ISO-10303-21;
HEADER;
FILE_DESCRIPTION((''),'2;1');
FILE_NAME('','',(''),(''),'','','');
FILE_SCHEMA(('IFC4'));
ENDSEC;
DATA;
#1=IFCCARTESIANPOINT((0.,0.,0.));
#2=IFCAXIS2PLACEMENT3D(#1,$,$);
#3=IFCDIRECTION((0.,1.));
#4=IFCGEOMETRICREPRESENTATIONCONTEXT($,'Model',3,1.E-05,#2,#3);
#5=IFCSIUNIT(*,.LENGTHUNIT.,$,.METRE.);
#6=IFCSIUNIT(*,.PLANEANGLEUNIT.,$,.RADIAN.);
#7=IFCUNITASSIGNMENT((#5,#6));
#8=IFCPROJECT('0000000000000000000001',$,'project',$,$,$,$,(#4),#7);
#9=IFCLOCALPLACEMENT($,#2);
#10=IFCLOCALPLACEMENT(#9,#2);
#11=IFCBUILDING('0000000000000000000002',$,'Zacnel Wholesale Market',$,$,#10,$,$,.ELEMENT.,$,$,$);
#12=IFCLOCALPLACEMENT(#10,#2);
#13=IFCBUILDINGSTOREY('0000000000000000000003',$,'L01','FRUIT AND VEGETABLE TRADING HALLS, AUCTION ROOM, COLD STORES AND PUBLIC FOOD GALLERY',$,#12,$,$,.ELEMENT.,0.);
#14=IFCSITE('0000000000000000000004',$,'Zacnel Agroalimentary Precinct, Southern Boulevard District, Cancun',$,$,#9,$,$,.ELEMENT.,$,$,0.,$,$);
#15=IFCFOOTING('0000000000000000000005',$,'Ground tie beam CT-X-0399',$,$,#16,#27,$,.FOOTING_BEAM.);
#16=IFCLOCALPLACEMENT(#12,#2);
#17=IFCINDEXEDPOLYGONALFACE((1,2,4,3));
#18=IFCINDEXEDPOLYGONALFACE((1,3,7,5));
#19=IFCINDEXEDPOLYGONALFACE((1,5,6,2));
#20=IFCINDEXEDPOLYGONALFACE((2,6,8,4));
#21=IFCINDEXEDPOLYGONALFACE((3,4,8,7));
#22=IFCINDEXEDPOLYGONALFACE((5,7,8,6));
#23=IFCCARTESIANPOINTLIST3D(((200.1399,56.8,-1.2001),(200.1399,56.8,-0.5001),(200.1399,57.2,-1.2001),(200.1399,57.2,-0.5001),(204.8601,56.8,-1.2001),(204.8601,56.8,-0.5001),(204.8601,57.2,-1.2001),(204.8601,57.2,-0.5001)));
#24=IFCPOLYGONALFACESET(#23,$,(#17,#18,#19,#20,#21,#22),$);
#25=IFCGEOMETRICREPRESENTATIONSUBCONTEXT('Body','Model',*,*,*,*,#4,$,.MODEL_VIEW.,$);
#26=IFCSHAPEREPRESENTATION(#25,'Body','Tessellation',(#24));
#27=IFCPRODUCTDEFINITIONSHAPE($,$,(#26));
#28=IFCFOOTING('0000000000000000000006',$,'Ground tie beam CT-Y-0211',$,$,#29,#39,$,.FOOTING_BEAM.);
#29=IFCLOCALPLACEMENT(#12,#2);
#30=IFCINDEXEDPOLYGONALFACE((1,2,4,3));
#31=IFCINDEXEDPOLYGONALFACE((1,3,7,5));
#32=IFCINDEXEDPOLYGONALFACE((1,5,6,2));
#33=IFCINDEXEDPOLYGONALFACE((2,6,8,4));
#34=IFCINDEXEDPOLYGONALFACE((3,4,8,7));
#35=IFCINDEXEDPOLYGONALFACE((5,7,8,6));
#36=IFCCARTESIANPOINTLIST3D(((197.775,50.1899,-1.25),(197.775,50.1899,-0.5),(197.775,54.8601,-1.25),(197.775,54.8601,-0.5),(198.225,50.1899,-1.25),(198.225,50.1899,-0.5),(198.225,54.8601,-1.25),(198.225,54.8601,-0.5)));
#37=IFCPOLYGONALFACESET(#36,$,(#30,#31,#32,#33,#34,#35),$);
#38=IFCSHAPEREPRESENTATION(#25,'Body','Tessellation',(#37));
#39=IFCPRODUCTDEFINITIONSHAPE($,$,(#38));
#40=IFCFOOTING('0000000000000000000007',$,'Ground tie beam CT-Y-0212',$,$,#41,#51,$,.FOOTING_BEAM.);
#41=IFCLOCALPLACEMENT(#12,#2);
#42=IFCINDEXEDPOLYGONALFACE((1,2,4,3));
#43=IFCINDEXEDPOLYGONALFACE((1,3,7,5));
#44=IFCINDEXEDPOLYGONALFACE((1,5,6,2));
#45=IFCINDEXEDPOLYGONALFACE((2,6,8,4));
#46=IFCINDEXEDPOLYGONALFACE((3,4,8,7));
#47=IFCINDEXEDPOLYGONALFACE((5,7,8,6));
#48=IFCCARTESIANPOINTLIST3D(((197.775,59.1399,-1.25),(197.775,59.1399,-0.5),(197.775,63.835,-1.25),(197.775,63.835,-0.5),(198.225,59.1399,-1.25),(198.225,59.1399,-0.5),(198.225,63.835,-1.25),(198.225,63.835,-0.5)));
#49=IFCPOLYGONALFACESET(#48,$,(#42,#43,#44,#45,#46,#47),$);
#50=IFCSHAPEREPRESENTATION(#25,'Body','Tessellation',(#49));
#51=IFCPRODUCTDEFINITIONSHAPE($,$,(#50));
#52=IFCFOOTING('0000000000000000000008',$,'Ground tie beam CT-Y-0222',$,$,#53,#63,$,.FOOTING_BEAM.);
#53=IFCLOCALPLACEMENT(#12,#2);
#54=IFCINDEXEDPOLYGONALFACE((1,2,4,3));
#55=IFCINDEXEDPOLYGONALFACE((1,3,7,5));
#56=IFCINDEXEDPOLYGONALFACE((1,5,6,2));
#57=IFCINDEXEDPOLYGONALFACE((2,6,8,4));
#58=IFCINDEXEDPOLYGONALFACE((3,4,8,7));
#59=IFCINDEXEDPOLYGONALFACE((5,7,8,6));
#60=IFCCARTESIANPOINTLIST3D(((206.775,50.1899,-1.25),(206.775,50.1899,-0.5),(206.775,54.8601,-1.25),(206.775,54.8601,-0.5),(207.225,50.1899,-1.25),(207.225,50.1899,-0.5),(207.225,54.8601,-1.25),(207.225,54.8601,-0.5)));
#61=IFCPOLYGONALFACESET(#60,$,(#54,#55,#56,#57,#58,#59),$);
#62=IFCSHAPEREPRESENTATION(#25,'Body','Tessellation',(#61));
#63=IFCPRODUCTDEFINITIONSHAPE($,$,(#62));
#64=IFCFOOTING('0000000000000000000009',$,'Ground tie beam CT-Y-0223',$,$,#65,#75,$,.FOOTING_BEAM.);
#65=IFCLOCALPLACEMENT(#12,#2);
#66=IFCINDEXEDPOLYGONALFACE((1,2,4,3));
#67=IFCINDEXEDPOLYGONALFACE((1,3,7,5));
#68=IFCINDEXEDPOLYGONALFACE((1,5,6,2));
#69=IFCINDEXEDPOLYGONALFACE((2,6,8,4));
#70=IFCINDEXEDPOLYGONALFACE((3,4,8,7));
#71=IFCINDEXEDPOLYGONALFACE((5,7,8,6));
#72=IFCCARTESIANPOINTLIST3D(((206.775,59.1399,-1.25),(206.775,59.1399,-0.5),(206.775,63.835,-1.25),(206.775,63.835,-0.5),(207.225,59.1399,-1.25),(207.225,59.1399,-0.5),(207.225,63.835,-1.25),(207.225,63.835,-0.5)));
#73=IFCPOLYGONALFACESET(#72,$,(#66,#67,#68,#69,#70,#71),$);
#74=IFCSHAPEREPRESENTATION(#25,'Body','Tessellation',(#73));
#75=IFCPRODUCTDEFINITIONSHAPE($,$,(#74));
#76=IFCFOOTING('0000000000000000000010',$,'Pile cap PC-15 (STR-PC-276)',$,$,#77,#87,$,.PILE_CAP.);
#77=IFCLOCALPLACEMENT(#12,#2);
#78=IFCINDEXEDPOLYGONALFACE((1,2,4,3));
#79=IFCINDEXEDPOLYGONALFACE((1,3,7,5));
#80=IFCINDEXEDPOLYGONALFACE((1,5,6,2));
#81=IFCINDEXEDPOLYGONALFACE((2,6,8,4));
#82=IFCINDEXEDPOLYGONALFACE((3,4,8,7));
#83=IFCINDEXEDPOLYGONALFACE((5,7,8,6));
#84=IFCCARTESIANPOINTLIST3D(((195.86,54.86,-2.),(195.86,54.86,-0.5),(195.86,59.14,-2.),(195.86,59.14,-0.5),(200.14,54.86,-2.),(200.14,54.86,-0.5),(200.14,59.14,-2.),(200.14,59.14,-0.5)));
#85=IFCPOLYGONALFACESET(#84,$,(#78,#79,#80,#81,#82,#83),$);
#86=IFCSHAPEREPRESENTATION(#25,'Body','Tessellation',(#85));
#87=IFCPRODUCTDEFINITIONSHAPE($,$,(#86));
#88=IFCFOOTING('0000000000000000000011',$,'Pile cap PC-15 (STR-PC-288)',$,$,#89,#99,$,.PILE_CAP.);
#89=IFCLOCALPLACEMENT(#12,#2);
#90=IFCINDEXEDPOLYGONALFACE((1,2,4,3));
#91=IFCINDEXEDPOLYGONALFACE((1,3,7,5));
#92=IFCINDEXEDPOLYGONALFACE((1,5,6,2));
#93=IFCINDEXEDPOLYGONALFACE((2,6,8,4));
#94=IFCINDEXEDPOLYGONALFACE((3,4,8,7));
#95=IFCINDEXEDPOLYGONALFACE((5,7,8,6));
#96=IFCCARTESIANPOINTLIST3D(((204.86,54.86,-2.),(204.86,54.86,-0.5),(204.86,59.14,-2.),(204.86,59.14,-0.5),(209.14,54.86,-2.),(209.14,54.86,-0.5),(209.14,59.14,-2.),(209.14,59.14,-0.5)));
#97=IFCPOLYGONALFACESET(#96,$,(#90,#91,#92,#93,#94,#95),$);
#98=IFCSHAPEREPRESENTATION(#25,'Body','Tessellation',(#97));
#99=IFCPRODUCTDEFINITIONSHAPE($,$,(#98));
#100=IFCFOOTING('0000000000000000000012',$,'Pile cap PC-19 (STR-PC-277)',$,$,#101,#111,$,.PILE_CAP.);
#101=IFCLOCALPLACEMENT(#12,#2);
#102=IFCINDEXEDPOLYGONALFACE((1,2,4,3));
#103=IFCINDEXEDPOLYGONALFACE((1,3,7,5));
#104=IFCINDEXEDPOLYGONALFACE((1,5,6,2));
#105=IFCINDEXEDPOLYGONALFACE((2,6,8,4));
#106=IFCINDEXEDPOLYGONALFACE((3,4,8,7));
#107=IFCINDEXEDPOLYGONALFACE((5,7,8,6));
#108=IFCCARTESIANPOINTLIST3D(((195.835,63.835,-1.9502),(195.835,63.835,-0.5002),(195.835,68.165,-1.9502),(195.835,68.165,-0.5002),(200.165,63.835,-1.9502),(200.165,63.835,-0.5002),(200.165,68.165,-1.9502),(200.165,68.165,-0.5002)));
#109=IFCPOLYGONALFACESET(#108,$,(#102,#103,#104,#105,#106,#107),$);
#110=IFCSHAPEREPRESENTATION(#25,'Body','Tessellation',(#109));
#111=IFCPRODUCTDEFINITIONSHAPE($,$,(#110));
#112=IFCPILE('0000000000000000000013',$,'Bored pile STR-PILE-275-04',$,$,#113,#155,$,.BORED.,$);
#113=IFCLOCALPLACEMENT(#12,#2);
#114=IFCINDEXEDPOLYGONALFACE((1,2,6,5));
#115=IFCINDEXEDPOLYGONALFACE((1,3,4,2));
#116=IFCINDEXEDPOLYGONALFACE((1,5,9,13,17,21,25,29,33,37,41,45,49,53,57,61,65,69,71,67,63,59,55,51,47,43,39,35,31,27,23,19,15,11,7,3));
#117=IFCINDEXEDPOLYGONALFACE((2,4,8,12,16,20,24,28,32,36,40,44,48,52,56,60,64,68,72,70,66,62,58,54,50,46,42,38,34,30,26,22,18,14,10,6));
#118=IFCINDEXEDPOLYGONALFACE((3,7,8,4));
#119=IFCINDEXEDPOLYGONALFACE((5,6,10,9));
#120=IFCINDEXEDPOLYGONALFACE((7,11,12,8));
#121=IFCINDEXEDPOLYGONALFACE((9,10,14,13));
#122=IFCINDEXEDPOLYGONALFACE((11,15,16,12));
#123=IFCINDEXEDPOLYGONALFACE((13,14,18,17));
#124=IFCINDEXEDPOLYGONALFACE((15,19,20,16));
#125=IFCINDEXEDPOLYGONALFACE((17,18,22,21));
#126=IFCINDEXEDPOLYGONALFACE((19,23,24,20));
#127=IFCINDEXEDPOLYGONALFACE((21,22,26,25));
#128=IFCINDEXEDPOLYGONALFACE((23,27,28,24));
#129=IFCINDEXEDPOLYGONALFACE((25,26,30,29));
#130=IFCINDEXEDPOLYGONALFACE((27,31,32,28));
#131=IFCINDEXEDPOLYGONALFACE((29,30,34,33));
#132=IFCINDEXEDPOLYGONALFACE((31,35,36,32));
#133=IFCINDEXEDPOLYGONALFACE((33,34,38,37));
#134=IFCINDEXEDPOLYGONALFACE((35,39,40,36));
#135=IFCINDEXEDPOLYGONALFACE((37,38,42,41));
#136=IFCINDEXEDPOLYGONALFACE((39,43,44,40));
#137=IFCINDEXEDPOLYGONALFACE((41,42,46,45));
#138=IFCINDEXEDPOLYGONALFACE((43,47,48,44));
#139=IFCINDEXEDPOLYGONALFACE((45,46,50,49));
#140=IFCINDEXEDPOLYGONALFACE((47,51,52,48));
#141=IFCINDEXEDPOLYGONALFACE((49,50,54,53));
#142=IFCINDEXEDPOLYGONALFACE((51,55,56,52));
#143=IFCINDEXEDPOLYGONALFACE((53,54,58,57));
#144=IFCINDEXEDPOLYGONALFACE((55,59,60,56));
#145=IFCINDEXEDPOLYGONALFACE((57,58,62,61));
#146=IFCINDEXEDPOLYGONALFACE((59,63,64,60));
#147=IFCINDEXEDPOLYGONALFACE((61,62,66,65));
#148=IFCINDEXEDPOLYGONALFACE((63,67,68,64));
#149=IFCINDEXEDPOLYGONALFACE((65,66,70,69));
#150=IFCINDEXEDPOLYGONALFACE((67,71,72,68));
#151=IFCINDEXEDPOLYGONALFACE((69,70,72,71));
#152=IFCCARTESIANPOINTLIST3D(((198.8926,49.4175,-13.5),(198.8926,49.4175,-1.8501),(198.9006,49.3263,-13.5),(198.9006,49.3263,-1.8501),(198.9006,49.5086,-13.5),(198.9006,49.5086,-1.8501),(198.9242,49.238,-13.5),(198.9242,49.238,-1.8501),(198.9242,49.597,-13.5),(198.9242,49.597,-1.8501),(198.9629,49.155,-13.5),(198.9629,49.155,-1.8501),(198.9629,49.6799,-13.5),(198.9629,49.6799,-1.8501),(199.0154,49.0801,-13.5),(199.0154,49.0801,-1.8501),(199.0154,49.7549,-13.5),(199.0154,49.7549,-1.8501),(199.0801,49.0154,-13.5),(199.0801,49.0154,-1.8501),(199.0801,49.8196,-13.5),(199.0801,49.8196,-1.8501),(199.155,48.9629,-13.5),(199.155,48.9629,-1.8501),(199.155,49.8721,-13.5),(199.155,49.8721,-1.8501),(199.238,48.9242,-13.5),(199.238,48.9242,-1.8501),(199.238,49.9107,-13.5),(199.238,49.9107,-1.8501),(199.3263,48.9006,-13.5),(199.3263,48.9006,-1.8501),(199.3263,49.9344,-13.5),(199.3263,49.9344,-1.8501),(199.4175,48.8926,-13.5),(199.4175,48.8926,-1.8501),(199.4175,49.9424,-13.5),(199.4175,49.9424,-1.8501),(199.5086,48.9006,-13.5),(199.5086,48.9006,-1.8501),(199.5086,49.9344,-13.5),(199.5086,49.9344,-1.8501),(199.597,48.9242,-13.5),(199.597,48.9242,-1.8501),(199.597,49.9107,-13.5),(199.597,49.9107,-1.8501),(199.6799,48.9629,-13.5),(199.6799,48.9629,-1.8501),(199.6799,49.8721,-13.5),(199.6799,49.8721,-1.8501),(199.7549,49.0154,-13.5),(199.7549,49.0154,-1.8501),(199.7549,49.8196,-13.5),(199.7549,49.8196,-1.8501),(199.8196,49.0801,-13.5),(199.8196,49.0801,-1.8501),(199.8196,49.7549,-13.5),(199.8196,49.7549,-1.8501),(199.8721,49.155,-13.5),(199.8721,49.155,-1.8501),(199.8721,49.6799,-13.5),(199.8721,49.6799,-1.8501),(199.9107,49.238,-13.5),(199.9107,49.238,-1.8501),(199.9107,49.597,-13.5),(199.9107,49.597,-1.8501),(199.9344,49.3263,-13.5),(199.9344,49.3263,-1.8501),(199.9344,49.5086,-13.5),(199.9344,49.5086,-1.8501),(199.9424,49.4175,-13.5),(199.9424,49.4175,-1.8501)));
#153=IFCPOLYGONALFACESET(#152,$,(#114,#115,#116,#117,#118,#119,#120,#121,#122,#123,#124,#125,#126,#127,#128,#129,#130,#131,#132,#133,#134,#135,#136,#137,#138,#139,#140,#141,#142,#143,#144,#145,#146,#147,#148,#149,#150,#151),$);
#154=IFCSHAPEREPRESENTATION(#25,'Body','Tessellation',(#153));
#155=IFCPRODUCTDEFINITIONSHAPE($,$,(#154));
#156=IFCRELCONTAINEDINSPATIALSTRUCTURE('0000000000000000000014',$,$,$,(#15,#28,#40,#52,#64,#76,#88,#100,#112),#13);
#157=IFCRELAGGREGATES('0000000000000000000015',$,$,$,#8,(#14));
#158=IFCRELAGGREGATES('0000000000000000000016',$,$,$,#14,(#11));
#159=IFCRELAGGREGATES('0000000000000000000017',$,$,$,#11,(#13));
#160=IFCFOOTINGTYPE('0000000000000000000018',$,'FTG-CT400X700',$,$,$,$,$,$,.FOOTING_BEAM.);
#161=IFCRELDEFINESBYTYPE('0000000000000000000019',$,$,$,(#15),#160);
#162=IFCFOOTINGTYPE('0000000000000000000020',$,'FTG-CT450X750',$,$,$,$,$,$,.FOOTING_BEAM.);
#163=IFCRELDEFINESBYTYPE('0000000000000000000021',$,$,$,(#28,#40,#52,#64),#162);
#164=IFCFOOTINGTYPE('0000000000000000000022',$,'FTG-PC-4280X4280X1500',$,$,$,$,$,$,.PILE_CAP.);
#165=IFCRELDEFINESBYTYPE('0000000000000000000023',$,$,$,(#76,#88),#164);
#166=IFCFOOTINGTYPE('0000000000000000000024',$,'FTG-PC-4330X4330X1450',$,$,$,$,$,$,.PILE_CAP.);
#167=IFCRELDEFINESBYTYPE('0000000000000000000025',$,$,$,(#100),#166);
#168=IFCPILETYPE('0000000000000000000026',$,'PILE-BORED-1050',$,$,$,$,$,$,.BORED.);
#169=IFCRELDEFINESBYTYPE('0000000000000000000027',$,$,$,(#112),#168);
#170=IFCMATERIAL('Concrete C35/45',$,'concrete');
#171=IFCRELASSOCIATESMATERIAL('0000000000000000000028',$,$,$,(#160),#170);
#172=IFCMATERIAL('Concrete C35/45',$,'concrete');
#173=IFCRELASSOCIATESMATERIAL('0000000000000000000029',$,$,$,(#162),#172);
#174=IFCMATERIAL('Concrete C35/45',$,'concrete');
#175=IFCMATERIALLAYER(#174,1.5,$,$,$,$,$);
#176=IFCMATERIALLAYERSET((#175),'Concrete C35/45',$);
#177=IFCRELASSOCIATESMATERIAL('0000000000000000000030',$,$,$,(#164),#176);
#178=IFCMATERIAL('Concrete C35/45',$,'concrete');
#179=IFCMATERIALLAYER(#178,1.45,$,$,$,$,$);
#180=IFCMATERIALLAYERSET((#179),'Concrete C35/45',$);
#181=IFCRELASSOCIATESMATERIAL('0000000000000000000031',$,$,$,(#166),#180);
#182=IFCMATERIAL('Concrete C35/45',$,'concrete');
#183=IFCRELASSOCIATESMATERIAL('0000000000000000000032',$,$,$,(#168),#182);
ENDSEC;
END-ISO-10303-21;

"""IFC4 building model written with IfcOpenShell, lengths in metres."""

from ifc_helpers import new_model, si_unit, direction, frame, origin, origin_2d, place, context, subcontext, project, spatial, rectangle, circle, extrude, material, layer, layer_set, material_profile, profile_set, type_object, element, save


model = new_model("IFC4")

# Units and contexts
model_context = context("Model", 3, precision=1e-05, world=origin(), true_north=direction((0.0, 1.0)))
body_context = subcontext(model_context, "Body", "Model", "MODEL_VIEW")
ifc_project = project(units=[si_unit("LENGTHUNIT", "METRE"), si_unit("PLANEANGLEUNIT", "RADIAN")], contexts=[model_context])

# Site, building, storey
site_placement = place(None, origin())
site = spatial("IfcSite", under=ifc_project, at=site_placement, Name="Zacnel Agroalimentary Precinct, Southern Boulevard District, Cancun", CompositionType="ELEMENT", RefElevation=0.0)
building_placement = place(site_placement, origin())
building = spatial("IfcBuilding", under=site, at=building_placement, Name="Zacnel Wholesale Market", CompositionType="ELEMENT")
storey_placement = place(building_placement, origin())
storey = spatial("IfcBuildingStorey", under=building, at=storey_placement, Name="L01", Description="FRUIT AND VEGETABLE TRADING HALLS, AUCTION ROOM, COLD STORES AND PUBLIC FOOD GALLERY", CompositionType="ELEMENT", Elevation=0.0)

# Footings
ifc_material_1 = material(Name="Concrete C35/45", Category="concrete")
ifc_material_profile_1 = material_profile(ifc_material_1, rectangle(XDim=0.3999, YDim=0.7, at=origin_2d()), Name="CT 400x700")
ifc_profile_set_1 = profile_set([ifc_material_profile_1], Name="Concrete C35/45")
footing_type_1 = type_object("IfcFootingType", Name="FTG-CT400X700", PredefinedType="FOOTING_BEAM", material=ifc_profile_set_1)
footing_1_placement = place(storey_placement, frame((200.1399, 57.0, -0.8501), z_axis=(1.0, 0.0, 0.0), x_axis=(0.0, 1.0, 0.0)))
element("IfcFooting", 1, at=footing_1_placement, inside=storey, type_object=footing_type_1, Name="Ground tie beam CT-X-0399", PredefinedType="FOOTING_BEAM", context=body_context, shape_type="SweptSolid", body=[
    extrude(rectangle(XDim=0.3999, YDim=0.7, at=origin_2d()), origin(), (0.0, 0.0, 1.0), 4.7202),
])
ifc_material_2 = material(Name="Concrete C35/45", Category="concrete")
ifc_material_profile_2 = material_profile(ifc_material_2, rectangle(XDim=0.45, YDim=0.75, at=origin_2d()), Name="CT 450x750")
ifc_profile_set_2 = profile_set([ifc_material_profile_2], Name="Concrete C35/45")
footing_type_2 = type_object("IfcFootingType", Name="FTG-CT450X750", PredefinedType="FOOTING_BEAM", material=ifc_profile_set_2)
footing_2_placement = place(storey_placement, frame((198.0, 50.1899, -0.875), z_axis=(0.0, 1.0, 0.0), x_axis=(-1.0, 0.0, 0.0)))
element("IfcFooting", 2, at=footing_2_placement, inside=storey, type_object=footing_type_2, Name="Ground tie beam CT-Y-0211", PredefinedType="FOOTING_BEAM", context=body_context, shape_type="SweptSolid", body=[
    extrude(rectangle(XDim=0.45, YDim=0.75, at=origin_2d()), origin(), (0.0, 0.0, 1.0), 4.6702),
])
footing_3_placement = place(storey_placement, frame((198.0, 59.1399, -0.875), z_axis=(0.0, 1.0, 0.0), x_axis=(-1.0, 0.0, 0.0)))
element("IfcFooting", 3, at=footing_3_placement, inside=storey, type_object=footing_type_2, Name="Ground tie beam CT-Y-0212", PredefinedType="FOOTING_BEAM", context=body_context, shape_type="SweptSolid", body=[
    extrude(rectangle(XDim=0.45, YDim=0.75, at=origin_2d()), origin(), (0.0, 0.0, 1.0), 4.6951),
])
footing_4_placement = place(storey_placement, frame((207.0, 50.1899, -0.875), z_axis=(0.0, 1.0, 0.0), x_axis=(-1.0, 0.0, 0.0)))
element("IfcFooting", 4, at=footing_4_placement, inside=storey, type_object=footing_type_2, Name="Ground tie beam CT-Y-0222", PredefinedType="FOOTING_BEAM", context=body_context, shape_type="SweptSolid", body=[
    extrude(rectangle(XDim=0.45, YDim=0.75, at=origin_2d()), origin(), (0.0, 0.0, 1.0), 4.6702),
])
footing_5_placement = place(storey_placement, frame((207.0, 59.1399, -0.875), z_axis=(0.0, 1.0, 0.0), x_axis=(-1.0, 0.0, 0.0)))
element("IfcFooting", 5, at=footing_5_placement, inside=storey, type_object=footing_type_2, Name="Ground tie beam CT-Y-0223", PredefinedType="FOOTING_BEAM", context=body_context, shape_type="SweptSolid", body=[
    extrude(rectangle(XDim=0.45, YDim=0.75, at=origin_2d()), origin(), (0.0, 0.0, 1.0), 4.6951),
])
ifc_material_3 = material(Name="Concrete C35/45", Category="concrete")
ifc_layer_1 = layer(ifc_material_3, 1.5)
ifc_layer_set_1 = layer_set([ifc_layer_1], Name="Concrete C35/45")
footing_type_3 = type_object("IfcFootingType", Name="FTG-PC-4280X4280X1500", PredefinedType="PILE_CAP", material=ifc_layer_set_1)
for number, where, z_axis, x_axis, name in (
    (6, (198.0, 57.0, -2.0), (0.0, 0.0, 1.0), (1.0, 0.0, 0.0), "Pile cap PC-15 (STR-PC-276)"),
    (7, (207.0, 57.0, -2.0), (0.0, 0.0, 1.0), (1.0, 0.0, 0.0), "Pile cap PC-15 (STR-PC-288)"),
):
    element("IfcFooting", number, at=place(storey_placement, frame(where, z_axis=z_axis, x_axis=x_axis)), inside=storey, type_object=footing_type_3, Name=name, PredefinedType="PILE_CAP", context=body_context, shape_type="SweptSolid", body=[
        extrude(rectangle(XDim=4.28, YDim=4.28, at=origin_2d()), origin(), (0.0, 0.0, 1.0), 1.5),
    ])
ifc_material_4 = material(Name="Concrete C35/45", Category="concrete")
ifc_layer_2 = layer(ifc_material_4, 1.45)
ifc_layer_set_2 = layer_set([ifc_layer_2], Name="Concrete C35/45")
footing_type_4 = type_object("IfcFootingType", Name="FTG-PC-4330X4330X1450", PredefinedType="PILE_CAP", material=ifc_layer_set_2)
footing_6_placement = place(storey_placement, frame((198.0, 66.0, -1.9502), z_axis=(0.0, 0.0, 1.0), x_axis=(1.0, 0.0, 0.0)))
element("IfcFooting", 8, at=footing_6_placement, inside=storey, type_object=footing_type_4, Name="Pile cap PC-19 (STR-PC-277)", PredefinedType="PILE_CAP", context=body_context, shape_type="SweptSolid", body=[
    extrude(rectangle(XDim=4.3301, YDim=4.3301, at=origin_2d()), origin(), (0.0, 0.0, 1.0), 1.45),
])

# Pile
ifc_material_5 = material(Name="Concrete C35/45", Category="concrete")
ifc_material_profile_3 = material_profile(ifc_material_5, circle(Radius=0.5249, at=origin_2d()), Name="BORED PILE D1050")
ifc_profile_set_3 = profile_set([ifc_material_profile_3], Name="Concrete C35/45")
pile_type = type_object("IfcPileType", Name="PILE-BORED-1050", PredefinedType="BORED", material=ifc_profile_set_3)
pile_1_placement = place(storey_placement, frame((199.4175, 49.4175, -1.8501), z_axis=(0.0, 0.0, -1.0), x_axis=(1.0, 0.0, 0.0)))
element("IfcPile", 9, at=pile_1_placement, inside=storey, type_object=pile_type, Name="Bored pile STR-PILE-275-04", PredefinedType="BORED", context=body_context, shape_type="SweptSolid", body=[
    extrude(circle(Radius=0.5249, at=origin_2d()), origin(), (0.0, 0.0, 1.0), 11.6499),
])

save(model, "model.ifc")
